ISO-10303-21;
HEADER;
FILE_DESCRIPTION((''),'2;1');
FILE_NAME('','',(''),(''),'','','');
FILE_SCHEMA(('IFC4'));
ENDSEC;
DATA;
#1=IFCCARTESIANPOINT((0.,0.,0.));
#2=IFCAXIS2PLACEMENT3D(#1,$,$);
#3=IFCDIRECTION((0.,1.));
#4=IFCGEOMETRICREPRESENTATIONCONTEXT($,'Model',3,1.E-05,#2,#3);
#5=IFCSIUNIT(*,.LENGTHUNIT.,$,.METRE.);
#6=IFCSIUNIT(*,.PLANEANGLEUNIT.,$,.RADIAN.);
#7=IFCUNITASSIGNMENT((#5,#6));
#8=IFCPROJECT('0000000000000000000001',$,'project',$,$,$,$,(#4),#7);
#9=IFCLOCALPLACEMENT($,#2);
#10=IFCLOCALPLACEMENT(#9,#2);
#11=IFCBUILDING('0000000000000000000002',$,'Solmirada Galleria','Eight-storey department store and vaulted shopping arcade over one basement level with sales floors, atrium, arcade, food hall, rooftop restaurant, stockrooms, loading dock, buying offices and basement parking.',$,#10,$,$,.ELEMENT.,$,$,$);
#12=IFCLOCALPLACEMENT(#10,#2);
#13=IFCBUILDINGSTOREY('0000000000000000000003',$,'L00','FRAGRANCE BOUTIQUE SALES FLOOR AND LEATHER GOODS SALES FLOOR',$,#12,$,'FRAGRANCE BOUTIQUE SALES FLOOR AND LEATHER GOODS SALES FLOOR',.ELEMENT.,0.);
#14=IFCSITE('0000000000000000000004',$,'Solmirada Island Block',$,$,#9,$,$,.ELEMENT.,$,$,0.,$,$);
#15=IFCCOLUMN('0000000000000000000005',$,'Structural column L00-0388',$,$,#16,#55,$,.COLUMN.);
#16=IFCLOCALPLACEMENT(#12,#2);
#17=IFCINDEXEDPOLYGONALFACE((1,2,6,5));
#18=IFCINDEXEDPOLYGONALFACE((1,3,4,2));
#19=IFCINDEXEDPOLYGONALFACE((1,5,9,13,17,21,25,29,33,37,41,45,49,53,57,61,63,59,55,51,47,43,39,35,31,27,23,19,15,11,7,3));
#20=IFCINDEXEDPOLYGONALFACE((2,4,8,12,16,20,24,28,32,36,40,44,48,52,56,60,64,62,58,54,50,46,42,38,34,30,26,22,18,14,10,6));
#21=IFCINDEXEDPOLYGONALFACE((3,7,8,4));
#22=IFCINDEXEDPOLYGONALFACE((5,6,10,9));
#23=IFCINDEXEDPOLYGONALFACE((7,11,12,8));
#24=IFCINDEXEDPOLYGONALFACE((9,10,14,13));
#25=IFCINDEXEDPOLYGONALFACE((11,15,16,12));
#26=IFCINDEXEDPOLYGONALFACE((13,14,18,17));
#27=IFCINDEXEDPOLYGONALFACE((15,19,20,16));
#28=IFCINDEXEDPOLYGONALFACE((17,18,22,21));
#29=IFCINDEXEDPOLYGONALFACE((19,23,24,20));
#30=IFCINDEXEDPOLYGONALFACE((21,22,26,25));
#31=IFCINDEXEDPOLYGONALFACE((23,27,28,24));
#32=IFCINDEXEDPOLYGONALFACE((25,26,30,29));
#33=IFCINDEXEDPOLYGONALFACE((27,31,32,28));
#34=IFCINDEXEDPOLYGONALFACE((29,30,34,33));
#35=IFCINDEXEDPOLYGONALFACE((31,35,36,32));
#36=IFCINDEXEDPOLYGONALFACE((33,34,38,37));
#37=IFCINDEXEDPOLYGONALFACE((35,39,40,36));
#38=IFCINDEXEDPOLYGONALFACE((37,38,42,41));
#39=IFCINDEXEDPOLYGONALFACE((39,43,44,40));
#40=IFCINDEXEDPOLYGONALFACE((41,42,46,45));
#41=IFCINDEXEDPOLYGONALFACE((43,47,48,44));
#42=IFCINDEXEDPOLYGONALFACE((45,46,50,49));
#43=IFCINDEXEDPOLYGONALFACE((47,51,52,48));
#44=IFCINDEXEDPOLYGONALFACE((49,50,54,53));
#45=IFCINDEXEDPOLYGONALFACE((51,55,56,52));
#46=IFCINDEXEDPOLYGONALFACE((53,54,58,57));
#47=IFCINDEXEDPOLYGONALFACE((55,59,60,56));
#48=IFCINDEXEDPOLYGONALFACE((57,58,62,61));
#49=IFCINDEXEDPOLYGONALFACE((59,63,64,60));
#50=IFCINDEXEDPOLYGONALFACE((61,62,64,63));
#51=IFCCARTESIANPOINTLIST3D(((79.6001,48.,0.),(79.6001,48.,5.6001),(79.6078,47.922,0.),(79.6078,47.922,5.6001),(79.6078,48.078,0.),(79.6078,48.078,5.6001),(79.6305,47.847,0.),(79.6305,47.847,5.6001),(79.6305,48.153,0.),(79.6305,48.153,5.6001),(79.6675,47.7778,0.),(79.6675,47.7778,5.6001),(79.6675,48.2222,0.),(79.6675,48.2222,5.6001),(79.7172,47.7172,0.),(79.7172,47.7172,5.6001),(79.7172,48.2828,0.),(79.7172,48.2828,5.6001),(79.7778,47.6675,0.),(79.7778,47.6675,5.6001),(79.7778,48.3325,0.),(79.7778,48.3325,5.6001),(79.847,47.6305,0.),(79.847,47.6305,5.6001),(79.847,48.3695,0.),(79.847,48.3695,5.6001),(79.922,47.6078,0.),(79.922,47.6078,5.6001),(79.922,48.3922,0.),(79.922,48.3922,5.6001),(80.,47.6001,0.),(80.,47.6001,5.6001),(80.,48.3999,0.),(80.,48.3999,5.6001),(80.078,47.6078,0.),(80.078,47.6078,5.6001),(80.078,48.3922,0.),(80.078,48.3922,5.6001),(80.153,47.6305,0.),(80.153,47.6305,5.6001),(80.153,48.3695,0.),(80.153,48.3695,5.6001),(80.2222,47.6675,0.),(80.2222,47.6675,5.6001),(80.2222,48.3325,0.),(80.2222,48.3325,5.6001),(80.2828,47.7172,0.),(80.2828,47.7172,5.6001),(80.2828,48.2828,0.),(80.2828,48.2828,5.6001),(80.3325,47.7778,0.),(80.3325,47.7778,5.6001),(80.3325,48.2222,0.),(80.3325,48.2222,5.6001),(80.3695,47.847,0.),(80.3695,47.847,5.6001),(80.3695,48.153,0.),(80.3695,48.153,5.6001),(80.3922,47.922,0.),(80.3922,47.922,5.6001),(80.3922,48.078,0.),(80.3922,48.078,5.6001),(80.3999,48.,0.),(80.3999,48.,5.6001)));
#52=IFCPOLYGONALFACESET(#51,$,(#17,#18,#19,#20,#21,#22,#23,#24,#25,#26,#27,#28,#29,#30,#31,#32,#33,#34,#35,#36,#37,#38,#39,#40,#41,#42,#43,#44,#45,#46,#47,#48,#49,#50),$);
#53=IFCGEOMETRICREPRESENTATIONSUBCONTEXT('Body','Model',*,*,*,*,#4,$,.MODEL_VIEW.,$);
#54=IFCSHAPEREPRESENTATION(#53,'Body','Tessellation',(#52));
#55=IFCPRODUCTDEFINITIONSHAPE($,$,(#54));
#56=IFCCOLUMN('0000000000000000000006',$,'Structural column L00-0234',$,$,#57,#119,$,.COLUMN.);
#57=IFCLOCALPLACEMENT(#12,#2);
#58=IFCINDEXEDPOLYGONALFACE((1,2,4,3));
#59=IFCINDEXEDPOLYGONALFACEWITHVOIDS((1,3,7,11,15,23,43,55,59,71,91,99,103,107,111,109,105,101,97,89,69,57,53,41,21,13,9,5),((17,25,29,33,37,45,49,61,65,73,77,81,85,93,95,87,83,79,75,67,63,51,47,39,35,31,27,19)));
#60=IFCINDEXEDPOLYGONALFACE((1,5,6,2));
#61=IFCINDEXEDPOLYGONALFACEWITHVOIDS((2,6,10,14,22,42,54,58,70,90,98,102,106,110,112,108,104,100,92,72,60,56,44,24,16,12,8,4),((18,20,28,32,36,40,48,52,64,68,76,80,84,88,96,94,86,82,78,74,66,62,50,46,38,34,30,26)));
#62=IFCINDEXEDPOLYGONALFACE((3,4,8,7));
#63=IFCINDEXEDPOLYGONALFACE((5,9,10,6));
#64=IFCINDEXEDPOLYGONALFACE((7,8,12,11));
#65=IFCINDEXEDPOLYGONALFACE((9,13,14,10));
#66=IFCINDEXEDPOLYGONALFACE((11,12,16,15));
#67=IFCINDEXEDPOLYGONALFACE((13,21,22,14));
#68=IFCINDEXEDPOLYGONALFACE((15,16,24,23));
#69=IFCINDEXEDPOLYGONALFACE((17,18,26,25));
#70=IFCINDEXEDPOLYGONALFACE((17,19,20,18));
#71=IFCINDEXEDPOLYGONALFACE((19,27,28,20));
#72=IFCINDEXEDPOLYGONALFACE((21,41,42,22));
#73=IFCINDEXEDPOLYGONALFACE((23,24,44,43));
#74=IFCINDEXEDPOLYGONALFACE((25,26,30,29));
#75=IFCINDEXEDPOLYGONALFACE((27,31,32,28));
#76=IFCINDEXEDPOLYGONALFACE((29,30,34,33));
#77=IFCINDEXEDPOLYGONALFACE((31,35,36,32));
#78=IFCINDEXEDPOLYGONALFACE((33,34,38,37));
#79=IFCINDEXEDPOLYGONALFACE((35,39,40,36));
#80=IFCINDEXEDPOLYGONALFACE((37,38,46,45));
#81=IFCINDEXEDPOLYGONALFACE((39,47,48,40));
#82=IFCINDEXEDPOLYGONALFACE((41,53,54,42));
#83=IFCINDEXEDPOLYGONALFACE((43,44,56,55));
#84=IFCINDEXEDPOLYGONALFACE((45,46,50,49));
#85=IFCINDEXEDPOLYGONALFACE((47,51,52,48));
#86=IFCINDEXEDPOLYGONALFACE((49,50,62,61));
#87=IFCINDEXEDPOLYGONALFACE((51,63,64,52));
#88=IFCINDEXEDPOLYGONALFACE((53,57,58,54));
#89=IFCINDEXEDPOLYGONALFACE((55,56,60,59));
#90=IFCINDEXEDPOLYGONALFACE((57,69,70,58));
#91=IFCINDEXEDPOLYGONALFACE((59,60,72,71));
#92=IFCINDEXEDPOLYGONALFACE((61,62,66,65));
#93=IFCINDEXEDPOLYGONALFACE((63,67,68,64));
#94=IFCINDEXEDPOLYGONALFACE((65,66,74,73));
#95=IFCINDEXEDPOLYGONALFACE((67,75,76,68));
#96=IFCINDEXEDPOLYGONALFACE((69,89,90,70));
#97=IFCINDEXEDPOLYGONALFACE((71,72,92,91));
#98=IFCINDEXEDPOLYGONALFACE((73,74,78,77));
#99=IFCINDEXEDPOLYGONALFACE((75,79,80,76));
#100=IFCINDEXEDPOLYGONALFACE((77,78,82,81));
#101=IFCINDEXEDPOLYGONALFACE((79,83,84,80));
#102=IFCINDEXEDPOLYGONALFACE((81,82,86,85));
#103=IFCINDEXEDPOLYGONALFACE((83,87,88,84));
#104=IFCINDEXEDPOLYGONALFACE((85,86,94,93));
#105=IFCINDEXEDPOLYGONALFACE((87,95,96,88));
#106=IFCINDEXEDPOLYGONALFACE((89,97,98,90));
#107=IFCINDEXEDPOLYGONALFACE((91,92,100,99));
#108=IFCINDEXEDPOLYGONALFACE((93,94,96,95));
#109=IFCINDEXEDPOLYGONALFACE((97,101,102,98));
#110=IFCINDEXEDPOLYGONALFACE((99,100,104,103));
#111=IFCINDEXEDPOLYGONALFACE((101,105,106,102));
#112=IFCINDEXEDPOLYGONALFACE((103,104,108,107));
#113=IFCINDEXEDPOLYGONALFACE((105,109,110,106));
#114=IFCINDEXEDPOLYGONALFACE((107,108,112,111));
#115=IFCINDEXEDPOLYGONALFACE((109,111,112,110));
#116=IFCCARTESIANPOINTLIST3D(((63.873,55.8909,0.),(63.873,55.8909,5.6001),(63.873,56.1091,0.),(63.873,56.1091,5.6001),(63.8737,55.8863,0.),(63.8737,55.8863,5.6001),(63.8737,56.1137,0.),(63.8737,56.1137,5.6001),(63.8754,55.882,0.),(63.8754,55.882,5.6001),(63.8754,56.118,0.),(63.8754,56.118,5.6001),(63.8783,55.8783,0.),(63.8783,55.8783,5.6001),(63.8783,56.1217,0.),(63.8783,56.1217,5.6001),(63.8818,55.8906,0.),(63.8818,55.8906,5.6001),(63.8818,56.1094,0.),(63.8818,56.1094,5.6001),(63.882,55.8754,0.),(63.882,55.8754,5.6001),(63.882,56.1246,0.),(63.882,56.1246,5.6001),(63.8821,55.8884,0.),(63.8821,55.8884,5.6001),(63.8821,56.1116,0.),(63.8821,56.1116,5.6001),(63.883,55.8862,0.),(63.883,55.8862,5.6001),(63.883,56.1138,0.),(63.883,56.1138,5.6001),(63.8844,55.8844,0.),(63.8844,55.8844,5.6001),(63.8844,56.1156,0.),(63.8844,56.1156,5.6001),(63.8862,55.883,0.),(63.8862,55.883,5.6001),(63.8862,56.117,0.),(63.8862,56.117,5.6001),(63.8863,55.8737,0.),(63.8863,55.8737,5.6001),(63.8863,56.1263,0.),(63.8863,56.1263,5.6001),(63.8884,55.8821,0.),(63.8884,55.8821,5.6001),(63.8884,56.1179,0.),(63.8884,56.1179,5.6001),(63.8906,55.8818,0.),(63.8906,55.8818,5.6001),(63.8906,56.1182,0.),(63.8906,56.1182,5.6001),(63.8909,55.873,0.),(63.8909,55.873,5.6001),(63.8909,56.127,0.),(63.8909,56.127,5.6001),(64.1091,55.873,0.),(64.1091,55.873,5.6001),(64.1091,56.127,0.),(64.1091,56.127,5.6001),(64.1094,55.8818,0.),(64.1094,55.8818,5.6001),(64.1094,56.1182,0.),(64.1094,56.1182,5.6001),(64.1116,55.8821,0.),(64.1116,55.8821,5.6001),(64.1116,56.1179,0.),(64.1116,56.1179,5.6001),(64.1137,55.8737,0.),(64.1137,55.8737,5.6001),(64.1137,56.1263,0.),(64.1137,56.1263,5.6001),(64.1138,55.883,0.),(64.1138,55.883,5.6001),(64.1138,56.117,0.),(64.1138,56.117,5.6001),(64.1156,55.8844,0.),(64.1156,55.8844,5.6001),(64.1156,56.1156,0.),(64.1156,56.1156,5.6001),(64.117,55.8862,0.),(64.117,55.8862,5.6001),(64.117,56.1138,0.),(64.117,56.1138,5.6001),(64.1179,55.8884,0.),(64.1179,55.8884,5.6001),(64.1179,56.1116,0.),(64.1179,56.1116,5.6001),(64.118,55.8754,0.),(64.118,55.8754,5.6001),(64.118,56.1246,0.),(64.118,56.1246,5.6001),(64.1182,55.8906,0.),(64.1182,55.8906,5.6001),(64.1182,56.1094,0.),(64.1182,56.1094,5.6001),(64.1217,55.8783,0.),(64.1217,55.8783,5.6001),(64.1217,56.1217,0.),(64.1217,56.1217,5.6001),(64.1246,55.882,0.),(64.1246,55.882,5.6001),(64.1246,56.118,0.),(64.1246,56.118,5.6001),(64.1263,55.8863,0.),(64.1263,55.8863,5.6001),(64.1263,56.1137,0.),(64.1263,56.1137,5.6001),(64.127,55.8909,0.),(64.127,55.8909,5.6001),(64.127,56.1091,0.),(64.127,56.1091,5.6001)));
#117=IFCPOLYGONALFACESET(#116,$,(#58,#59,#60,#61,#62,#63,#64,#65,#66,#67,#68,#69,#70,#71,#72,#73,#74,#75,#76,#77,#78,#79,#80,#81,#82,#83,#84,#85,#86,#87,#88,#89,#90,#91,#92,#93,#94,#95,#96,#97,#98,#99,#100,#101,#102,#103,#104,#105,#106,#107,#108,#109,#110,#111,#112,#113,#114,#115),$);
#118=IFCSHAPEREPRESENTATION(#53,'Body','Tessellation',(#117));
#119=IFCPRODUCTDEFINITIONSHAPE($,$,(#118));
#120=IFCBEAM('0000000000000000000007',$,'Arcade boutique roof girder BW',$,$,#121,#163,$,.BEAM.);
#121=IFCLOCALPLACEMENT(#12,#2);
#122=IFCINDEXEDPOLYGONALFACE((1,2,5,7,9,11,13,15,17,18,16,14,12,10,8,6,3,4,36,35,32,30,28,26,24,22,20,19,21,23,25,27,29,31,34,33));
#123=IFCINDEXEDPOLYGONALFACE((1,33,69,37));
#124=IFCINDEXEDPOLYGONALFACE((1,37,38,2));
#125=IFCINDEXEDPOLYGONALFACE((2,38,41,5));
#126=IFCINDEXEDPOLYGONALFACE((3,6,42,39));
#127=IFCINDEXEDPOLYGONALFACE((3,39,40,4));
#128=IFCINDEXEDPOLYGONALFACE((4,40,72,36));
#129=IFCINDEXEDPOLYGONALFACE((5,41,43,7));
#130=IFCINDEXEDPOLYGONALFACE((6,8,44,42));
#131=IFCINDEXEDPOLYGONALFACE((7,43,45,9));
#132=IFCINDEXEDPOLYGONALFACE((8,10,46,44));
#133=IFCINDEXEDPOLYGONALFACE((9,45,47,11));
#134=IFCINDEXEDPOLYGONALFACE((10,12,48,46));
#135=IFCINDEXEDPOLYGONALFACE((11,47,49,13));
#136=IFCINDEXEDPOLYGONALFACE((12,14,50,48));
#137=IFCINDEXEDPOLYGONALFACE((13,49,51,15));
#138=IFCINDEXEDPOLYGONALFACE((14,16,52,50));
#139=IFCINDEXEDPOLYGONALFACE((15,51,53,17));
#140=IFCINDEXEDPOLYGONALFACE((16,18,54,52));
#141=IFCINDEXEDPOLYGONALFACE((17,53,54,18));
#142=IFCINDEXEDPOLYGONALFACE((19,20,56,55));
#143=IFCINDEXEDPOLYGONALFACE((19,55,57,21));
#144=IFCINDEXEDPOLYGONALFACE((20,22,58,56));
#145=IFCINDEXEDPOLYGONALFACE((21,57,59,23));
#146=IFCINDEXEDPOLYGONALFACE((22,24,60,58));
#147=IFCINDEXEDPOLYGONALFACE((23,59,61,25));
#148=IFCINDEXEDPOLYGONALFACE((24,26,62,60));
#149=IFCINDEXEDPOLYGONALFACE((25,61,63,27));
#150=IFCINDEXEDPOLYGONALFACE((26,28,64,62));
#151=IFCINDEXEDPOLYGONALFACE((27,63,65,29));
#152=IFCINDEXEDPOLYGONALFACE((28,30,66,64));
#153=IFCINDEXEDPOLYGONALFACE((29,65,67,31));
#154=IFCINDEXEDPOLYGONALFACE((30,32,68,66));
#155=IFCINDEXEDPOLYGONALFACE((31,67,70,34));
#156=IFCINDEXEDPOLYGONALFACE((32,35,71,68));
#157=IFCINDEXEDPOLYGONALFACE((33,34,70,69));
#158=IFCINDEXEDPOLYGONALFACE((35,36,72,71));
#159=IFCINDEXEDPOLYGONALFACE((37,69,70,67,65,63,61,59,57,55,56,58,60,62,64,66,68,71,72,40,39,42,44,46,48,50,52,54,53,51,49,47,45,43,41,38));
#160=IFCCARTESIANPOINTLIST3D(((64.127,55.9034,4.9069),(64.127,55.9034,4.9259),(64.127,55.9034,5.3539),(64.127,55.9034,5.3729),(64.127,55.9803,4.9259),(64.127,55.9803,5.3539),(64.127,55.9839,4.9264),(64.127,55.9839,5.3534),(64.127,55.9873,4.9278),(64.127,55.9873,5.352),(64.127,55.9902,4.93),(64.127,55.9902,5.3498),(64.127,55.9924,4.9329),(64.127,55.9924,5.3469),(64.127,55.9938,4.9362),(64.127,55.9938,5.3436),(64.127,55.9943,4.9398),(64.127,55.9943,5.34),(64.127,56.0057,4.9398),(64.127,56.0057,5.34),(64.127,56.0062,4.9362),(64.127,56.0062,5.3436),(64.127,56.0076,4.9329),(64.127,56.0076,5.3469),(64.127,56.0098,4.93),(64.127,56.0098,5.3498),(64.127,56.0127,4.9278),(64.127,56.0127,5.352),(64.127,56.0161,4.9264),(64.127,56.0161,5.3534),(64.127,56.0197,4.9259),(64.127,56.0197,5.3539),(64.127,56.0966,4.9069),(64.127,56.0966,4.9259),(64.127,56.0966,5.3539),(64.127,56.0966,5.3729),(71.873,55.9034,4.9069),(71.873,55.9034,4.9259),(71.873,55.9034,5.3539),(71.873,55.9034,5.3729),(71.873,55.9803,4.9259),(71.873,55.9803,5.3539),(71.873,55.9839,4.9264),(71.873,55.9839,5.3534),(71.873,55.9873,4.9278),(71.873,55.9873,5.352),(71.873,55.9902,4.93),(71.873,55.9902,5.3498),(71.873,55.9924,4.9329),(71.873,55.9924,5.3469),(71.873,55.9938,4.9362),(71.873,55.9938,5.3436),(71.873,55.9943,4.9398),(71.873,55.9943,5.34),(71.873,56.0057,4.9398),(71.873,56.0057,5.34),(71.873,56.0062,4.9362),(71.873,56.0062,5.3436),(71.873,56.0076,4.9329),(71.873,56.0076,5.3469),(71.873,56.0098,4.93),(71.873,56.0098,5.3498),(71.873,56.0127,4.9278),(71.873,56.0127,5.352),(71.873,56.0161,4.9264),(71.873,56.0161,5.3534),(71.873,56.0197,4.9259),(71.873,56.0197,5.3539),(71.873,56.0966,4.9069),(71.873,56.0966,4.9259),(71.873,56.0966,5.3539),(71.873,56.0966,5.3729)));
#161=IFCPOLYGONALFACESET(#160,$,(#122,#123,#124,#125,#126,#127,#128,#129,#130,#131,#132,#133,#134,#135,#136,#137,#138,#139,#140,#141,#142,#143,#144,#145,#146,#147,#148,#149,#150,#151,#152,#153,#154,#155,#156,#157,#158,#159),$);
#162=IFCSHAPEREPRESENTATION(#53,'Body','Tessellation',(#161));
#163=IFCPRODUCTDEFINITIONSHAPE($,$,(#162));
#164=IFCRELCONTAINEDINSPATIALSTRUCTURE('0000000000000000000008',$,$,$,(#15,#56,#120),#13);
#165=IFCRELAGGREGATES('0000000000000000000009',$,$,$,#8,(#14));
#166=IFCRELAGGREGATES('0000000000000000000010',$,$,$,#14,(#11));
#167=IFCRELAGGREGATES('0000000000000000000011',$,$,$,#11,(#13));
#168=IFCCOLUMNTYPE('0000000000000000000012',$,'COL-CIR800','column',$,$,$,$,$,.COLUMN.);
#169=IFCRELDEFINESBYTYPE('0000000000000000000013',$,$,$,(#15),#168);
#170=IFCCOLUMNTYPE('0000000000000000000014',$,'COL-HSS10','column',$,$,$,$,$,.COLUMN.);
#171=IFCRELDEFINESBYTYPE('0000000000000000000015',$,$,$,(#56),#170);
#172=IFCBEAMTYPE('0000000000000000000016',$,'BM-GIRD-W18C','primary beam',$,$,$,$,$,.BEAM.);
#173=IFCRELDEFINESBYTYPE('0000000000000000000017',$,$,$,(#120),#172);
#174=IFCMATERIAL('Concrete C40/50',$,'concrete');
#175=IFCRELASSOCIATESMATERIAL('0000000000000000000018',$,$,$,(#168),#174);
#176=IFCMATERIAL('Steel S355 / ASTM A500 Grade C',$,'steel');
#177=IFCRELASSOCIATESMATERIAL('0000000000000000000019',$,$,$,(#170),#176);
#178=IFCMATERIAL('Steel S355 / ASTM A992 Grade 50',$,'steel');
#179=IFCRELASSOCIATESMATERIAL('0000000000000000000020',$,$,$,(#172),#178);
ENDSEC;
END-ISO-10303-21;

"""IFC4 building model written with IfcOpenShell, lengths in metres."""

from ifc_helpers import new_model, si_unit, direction, frame, origin, origin_2d, place, context, subcontext, project, spatial, hollow_rectangle, circle, i_section, extrude, material, material_profile, profile_set, type_object, element, save


model = new_model("IFC4")

# Units and contexts
model_context = context("Model", 3, precision=1e-05, world=origin(), true_north=direction((0.0, 1.0)))
body_context = subcontext(model_context, "Body", "Model", "MODEL_VIEW")
ifc_project = project(units=[si_unit("LENGTHUNIT", "METRE"), si_unit("PLANEANGLEUNIT", "RADIAN")], contexts=[model_context])

# Site, building, storey
site_placement = place(None, origin())
site = spatial("IfcSite", under=ifc_project, at=site_placement, Name="Solmirada Island Block", CompositionType="ELEMENT", RefElevation=0.0)
building_placement = place(site_placement, origin())
building = spatial("IfcBuilding", under=site, at=building_placement, Name="Solmirada Galleria", Description="Eight-storey department store and vaulted shopping arcade over one basement level with sales floors, atrium, arcade, food hall, rooftop restaurant, stockrooms, loading dock, buying offices and basement parking.", CompositionType="ELEMENT")
storey_placement = place(building_placement, origin())
storey = spatial("IfcBuildingStorey", under=building, at=storey_placement, Name="L00", Description="FRAGRANCE BOUTIQUE SALES FLOOR AND LEATHER GOODS SALES FLOOR", LongName="FRAGRANCE BOUTIQUE SALES FLOOR AND LEATHER GOODS SALES FLOOR", CompositionType="ELEMENT", Elevation=0.0)

# Columns
ifc_material_1 = material(Name="Concrete C40/50", Category="concrete")
ifc_material_profile_1 = material_profile(ifc_material_1, circle(Radius=0.3999, at=origin_2d()), Name="RCCOL800")
ifc_profile_set_1 = profile_set([ifc_material_profile_1], Name="Concrete C40/50")
column_type_1 = type_object("IfcColumnType", Name="COL-CIR800", Description="column", PredefinedType="COLUMN", material=ifc_profile_set_1)
column_1_placement = place(storey_placement, frame((80.0, 48.0, 0.0), z_axis=(0.0, 0.0, 1.0), x_axis=(1.0, 0.0, 0.0)))
element("IfcColumn", 1, at=column_1_placement, inside=storey, type_object=column_type_1, Name="Structural column L00-0388", PredefinedType="COLUMN", context=body_context, shape_type="SweptSolid", body=[
    extrude(circle(Radius=0.3999, at=origin_2d()), origin(), (0.0, 0.0, 1.0), 5.6001),
])
ifc_material_2 = material(Name="Steel S355 / ASTM A500 Grade C", Category="steel")
ifc_material_profile_2 = material_profile(ifc_material_2, hollow_rectangle(XDim=0.2539, YDim=0.2539, WallThickness=0.0088, InnerFilletRadius=0.0088, OuterFilletRadius=0.0178, at=origin_2d()), Name="HSS10X10X3/8")
ifc_profile_set_2 = profile_set([ifc_material_profile_2], Name="Steel S355 / ASTM A500 Grade C")
column_type_2 = type_object("IfcColumnType", Name="COL-HSS10", Description="column", PredefinedType="COLUMN", material=ifc_profile_set_2)
column_2_placement = place(storey_placement, frame((64.0, 56.0, 0.0), z_axis=(0.0, 0.0, 1.0), x_axis=(1.0, 0.0, 0.0)))
element("IfcColumn", 2, at=column_2_placement, inside=storey, type_object=column_type_2, Name="Structural column L00-0234", PredefinedType="COLUMN", context=body_context, shape_type="SweptSolid", body=[
    extrude(hollow_rectangle(XDim=0.2539, YDim=0.2539, WallThickness=0.0088, InnerFilletRadius=0.0088, OuterFilletRadius=0.0178, at=origin_2d()), origin(), (0.0, 0.0, 1.0), 5.6001),
])

# Beam
ifc_material_3 = material(Name="Steel S355 / ASTM A992 Grade 50", Category="steel")
ifc_material_profile_3 = material_profile(ifc_material_3, i_section(OverallWidth=0.1931, OverallDepth=0.4661, WebThickness=0.0115, FlangeThickness=0.019, FilletRadius=0.0139, at=origin_2d()), Name="W18X65")
ifc_profile_set_3 = profile_set([ifc_material_profile_3], Name="Steel S355 / ASTM A992 Grade 50")
beam_type_1 = type_object("IfcBeamType", Name="BM-GIRD-W18C", Description="primary beam", PredefinedType="BEAM", material=ifc_profile_set_3)
beam_1_placement = place(storey_placement, frame((64.127, 56.0, 5.1399), z_axis=(1.0, 0.0, 0.0), x_axis=(0.0, 1.0, 0.0)))
element("IfcBeam", 3, at=beam_1_placement, inside=storey, type_object=beam_type_1, Name="Arcade boutique roof girder BW", PredefinedType="BEAM", context=body_context, shape_type="SweptSolid", body=[
    extrude(i_section(OverallWidth=0.1931, OverallDepth=0.4661, WebThickness=0.0115, FlangeThickness=0.019, FilletRadius=0.0139, at=origin_2d()), origin(), (0.0, 0.0, 1.0), 7.7461),
])

save(model, "model.ifc")
